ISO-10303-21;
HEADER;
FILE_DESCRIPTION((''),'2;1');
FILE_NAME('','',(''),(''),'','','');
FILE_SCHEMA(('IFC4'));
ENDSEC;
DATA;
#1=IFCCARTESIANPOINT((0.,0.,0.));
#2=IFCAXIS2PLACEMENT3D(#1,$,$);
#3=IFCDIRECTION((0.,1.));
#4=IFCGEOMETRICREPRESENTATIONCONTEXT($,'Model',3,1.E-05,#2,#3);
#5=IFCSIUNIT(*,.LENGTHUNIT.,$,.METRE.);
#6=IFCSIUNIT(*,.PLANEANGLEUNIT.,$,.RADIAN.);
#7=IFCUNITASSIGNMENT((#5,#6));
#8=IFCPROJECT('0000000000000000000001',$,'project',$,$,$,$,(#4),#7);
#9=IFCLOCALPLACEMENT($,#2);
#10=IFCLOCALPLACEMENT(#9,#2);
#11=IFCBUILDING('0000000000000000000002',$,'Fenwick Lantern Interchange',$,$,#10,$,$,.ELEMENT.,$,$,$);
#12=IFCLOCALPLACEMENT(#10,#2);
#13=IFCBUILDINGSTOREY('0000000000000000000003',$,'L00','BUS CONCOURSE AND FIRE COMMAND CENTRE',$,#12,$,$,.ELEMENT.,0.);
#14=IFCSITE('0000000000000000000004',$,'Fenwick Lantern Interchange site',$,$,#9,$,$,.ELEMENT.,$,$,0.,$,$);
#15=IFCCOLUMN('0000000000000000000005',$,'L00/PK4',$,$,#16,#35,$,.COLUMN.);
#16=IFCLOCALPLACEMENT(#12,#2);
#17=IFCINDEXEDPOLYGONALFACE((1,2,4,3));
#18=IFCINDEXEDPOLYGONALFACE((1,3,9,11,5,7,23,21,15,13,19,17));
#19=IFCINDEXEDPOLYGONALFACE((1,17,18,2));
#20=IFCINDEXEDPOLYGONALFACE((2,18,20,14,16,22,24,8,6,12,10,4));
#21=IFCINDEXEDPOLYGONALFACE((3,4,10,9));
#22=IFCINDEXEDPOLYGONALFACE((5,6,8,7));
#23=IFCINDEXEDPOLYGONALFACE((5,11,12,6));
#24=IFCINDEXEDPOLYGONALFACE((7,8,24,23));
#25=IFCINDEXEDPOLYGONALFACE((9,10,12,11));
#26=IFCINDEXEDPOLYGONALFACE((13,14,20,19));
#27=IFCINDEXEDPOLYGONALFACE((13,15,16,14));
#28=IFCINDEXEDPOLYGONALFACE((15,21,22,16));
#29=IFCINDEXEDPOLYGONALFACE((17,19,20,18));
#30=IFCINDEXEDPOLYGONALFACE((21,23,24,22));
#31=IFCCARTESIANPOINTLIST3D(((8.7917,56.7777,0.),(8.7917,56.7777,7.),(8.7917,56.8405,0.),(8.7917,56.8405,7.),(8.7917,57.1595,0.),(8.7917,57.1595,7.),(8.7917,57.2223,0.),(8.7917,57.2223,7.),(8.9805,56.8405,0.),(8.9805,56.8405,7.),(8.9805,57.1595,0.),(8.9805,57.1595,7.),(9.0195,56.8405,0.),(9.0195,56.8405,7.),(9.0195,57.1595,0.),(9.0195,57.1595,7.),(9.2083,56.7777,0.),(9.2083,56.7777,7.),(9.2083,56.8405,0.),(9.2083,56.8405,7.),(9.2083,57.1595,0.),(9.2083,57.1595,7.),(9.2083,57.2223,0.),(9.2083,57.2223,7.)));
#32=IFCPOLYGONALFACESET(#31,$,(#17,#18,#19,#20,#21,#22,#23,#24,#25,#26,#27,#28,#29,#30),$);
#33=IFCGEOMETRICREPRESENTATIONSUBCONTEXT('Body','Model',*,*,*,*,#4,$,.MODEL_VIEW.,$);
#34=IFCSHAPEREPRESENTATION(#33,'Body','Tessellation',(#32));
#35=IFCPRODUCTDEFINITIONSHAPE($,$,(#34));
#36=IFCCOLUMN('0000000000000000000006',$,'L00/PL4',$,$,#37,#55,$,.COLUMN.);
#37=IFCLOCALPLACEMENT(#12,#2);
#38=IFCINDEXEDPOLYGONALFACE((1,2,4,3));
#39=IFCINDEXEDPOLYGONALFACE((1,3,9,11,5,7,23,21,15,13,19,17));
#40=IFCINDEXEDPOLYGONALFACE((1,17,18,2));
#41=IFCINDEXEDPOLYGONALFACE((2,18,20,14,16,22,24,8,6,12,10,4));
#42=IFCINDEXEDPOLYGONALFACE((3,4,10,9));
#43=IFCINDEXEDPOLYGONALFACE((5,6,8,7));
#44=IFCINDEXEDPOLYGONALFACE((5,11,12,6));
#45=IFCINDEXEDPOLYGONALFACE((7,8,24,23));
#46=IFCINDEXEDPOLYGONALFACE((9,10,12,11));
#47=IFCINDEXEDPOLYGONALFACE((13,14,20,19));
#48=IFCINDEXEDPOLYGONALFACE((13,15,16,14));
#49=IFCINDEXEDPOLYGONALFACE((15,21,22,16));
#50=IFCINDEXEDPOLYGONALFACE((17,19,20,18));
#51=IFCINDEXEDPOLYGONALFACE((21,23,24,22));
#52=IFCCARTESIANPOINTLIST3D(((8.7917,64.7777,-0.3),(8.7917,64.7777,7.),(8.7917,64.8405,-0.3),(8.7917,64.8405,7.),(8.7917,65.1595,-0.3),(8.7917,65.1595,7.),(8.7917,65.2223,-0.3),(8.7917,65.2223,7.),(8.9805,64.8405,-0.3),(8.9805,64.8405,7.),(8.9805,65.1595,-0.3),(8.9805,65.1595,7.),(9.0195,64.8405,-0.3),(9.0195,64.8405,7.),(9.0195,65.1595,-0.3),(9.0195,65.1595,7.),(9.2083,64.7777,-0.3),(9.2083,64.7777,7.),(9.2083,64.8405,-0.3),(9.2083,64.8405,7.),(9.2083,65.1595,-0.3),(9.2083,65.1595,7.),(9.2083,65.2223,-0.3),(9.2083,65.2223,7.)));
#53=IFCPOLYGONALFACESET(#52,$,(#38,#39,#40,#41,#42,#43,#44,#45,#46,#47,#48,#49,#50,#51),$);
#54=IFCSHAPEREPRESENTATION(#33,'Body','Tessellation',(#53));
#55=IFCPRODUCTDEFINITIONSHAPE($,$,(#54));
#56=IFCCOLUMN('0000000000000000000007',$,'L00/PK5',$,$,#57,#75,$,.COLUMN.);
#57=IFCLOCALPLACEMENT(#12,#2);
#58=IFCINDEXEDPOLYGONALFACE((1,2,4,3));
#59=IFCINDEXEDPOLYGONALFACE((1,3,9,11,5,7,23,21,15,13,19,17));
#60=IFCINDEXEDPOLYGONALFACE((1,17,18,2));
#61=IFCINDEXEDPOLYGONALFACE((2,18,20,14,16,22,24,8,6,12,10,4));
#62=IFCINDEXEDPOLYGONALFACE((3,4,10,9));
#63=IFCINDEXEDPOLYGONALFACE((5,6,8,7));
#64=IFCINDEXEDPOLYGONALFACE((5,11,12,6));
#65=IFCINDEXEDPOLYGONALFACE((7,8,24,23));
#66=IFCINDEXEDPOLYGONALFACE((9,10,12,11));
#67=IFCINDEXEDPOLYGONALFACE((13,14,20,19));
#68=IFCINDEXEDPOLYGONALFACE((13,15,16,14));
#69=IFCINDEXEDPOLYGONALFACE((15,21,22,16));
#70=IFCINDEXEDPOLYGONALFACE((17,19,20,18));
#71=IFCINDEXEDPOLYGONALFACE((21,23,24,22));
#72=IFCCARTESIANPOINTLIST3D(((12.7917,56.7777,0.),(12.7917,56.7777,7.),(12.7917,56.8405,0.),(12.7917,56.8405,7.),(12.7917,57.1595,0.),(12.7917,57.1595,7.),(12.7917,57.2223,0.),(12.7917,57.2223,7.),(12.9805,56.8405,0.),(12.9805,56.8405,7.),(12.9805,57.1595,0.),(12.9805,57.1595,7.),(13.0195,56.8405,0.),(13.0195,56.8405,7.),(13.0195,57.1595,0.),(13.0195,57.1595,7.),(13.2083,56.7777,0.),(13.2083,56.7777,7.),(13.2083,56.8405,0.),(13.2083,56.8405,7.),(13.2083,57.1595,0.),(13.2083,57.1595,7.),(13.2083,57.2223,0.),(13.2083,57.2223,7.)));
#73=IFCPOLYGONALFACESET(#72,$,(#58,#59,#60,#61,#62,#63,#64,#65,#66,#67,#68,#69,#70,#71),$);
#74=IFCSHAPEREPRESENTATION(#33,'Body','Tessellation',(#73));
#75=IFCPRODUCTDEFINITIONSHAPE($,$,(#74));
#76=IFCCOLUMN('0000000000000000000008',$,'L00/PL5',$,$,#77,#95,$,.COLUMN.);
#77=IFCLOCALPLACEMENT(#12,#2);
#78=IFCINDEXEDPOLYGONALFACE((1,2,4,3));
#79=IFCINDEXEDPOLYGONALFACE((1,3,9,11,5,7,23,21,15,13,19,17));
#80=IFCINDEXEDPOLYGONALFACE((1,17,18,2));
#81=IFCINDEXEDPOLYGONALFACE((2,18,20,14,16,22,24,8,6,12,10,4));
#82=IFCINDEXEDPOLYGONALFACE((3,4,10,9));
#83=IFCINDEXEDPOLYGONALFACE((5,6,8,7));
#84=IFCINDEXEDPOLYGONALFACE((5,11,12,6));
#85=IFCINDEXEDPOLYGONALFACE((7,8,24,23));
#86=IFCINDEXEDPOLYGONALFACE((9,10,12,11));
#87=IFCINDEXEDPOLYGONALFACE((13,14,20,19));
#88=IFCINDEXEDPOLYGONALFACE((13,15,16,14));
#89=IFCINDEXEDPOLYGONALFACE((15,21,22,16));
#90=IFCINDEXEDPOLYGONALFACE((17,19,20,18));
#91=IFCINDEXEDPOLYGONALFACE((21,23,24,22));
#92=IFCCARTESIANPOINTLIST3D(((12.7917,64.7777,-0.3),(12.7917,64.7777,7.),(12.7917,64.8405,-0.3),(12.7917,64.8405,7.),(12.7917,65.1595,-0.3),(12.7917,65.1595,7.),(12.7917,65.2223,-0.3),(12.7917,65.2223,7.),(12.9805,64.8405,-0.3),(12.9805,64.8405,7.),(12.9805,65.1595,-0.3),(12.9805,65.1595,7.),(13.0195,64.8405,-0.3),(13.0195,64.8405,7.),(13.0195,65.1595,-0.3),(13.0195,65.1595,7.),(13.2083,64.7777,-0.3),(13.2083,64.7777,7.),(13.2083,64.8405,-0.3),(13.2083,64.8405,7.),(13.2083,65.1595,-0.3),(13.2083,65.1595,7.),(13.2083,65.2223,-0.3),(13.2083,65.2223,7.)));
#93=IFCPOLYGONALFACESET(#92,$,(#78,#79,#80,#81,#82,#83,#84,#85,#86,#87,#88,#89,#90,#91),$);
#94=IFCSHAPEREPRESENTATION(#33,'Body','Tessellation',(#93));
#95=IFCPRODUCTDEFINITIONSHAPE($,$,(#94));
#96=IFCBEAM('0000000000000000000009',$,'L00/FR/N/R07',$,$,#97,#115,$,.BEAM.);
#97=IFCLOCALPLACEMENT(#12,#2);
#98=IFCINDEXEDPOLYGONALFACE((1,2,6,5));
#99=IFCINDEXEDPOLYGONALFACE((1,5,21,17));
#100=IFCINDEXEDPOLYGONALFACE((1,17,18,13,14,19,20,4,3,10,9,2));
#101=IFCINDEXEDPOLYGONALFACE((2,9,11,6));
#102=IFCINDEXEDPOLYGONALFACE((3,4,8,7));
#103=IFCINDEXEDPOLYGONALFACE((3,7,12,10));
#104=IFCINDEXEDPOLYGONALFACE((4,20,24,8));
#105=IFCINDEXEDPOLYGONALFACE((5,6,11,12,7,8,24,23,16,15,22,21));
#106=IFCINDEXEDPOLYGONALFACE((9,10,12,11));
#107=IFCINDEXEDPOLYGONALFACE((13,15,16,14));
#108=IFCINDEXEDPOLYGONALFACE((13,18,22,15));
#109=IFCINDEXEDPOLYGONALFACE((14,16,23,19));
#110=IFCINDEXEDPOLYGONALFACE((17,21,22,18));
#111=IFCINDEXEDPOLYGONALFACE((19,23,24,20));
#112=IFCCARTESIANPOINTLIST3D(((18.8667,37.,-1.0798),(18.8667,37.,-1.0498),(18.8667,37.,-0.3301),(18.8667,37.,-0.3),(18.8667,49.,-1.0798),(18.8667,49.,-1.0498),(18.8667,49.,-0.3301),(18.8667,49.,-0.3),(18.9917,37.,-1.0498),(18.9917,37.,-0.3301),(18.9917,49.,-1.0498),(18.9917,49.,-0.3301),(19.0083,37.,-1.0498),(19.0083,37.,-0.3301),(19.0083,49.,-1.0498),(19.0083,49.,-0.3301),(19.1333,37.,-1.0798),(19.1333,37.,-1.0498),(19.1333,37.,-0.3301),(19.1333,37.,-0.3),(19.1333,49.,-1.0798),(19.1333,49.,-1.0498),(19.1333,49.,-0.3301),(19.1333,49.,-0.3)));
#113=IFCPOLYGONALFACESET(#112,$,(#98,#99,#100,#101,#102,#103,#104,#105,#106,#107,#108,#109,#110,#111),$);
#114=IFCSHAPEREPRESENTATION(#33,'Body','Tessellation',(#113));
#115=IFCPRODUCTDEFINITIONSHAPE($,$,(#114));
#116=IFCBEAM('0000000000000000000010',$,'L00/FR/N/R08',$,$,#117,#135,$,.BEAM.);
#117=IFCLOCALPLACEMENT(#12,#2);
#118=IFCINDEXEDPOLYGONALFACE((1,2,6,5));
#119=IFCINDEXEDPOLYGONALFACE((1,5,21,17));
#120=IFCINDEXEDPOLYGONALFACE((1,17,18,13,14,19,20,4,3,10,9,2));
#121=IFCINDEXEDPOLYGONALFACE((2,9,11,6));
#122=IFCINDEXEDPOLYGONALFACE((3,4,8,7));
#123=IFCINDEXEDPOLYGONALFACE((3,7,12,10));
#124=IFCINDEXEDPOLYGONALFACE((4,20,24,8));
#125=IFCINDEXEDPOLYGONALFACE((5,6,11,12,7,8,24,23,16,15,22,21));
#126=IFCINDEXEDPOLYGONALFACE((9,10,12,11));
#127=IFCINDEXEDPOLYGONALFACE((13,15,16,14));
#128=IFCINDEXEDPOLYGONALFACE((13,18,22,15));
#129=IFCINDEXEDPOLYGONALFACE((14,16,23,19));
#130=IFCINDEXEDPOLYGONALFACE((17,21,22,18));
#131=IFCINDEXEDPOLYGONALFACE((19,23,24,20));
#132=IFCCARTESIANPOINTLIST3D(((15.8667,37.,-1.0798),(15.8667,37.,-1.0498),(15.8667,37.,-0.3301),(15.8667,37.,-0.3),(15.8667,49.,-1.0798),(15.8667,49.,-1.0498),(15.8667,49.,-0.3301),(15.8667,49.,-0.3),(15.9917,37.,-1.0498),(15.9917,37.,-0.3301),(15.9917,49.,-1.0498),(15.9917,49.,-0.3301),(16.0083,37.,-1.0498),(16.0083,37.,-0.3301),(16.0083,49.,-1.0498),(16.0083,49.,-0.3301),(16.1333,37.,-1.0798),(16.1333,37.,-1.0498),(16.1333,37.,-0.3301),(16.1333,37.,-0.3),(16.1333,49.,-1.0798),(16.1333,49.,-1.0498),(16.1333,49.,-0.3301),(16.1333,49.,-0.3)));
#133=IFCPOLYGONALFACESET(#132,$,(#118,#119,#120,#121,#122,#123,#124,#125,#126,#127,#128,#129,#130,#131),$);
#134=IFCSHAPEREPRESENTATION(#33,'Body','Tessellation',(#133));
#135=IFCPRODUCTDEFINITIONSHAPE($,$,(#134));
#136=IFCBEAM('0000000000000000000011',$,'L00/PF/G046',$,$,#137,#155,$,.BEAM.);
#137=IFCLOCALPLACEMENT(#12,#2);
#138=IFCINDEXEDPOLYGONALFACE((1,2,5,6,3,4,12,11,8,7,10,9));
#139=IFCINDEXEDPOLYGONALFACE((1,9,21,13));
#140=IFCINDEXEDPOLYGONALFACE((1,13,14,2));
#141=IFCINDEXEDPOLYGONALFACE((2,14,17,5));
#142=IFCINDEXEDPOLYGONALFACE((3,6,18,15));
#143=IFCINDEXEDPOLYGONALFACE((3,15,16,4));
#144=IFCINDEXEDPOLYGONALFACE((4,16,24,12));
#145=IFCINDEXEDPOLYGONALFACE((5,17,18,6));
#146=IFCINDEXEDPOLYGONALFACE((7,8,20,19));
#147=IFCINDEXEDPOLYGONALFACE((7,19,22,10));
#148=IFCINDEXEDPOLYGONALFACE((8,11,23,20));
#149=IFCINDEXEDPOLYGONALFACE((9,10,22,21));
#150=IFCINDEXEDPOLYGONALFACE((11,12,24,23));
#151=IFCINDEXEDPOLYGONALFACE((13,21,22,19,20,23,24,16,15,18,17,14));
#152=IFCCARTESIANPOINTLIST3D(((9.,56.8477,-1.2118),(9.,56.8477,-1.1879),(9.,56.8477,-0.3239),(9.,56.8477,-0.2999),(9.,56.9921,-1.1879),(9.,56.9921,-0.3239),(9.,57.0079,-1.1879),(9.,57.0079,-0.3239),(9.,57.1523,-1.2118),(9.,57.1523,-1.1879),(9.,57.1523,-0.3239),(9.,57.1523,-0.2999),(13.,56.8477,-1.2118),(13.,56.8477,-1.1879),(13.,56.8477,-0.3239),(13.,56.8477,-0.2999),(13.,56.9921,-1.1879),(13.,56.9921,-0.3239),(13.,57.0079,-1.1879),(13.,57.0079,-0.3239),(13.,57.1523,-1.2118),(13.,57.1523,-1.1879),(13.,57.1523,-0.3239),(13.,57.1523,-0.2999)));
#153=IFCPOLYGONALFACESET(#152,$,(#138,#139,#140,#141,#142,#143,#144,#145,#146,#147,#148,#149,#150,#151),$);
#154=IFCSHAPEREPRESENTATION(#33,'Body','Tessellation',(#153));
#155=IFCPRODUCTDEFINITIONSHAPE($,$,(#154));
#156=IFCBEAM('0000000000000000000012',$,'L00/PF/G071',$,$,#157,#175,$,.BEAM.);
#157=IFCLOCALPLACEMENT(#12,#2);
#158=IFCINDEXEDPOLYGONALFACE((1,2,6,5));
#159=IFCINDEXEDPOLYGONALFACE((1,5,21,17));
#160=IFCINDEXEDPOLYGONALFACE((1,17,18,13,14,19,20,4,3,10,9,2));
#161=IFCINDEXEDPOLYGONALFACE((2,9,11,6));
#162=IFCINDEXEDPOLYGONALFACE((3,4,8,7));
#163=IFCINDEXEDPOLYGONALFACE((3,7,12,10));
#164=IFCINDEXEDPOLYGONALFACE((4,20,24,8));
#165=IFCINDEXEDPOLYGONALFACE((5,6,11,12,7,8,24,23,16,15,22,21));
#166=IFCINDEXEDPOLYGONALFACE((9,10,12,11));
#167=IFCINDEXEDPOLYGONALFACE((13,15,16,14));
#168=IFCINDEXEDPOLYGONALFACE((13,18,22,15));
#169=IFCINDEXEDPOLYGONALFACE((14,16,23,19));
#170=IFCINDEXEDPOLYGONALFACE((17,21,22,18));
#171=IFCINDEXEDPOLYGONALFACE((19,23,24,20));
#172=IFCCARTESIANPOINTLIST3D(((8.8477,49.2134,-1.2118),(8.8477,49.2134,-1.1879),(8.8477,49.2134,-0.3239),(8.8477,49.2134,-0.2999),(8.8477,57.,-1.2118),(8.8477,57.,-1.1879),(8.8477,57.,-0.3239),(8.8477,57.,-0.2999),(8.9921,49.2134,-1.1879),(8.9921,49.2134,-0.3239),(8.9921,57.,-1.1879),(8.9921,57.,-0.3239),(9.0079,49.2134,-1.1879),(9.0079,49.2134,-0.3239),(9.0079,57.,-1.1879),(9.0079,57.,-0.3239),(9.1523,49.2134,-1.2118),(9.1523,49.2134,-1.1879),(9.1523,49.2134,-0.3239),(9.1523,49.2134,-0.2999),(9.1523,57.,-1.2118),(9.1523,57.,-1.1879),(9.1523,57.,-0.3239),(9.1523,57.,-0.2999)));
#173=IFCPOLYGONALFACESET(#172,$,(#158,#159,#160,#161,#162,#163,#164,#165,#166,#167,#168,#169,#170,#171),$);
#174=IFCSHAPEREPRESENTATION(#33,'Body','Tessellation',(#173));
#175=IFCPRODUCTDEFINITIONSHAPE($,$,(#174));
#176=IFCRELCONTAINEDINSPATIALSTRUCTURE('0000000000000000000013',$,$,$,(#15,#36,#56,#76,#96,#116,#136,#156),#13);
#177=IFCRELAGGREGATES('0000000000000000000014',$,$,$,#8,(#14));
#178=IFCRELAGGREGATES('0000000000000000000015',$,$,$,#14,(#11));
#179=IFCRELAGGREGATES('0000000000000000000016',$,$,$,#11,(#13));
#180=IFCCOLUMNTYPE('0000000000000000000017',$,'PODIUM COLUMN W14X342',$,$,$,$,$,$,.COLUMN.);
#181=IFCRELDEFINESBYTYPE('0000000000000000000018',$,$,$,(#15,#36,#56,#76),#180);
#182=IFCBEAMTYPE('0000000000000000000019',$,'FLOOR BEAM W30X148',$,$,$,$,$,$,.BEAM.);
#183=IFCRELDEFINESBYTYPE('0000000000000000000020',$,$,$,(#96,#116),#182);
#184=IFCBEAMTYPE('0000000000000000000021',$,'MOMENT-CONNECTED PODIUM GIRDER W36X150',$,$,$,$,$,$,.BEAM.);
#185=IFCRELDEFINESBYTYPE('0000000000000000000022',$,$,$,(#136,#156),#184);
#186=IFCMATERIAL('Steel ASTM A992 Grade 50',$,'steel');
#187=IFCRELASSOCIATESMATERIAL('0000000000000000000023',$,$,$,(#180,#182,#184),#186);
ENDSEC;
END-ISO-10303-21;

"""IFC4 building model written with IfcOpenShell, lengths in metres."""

from ifc_helpers import new_model, si_unit, direction, frame, origin, origin_2d, place, context, subcontext, project, spatial, i_section, extrude, material, material_profile, profile_set, type_object, element, save


model = new_model("IFC4")

# Units and contexts
model_context = context("Model", 3, precision=1e-05, world=origin(), true_north=direction((0.0, 1.0)))
body_context = subcontext(model_context, "Body", "Model", "MODEL_VIEW")
ifc_project = project(units=[si_unit("LENGTHUNIT", "METRE"), si_unit("PLANEANGLEUNIT", "RADIAN")], contexts=[model_context])

# Site, building, storey
site_placement = place(None, origin())
site = spatial("IfcSite", under=ifc_project, at=site_placement, Name="Fenwick Lantern Interchange site", CompositionType="ELEMENT", RefElevation=0.0)
building_placement = place(site_placement, origin())
building = spatial("IfcBuilding", under=site, at=building_placement, Name="Fenwick Lantern Interchange", CompositionType="ELEMENT")
storey_placement = place(building_placement, origin())
storey = spatial("IfcBuildingStorey", under=building, at=storey_placement, Name="L00", Description="BUS CONCOURSE AND FIRE COMMAND CENTRE", CompositionType="ELEMENT", Elevation=0.0)

# Columns
ifc_material_1 = material(Name="Steel ASTM A992 Grade 50", Category="steel")
ifc_material_profile_1 = material_profile(ifc_material_1, i_section(OverallWidth=0.4165, OverallDepth=0.4446, WebThickness=0.0391, FlangeThickness=0.0627, at=origin_2d()), Name="W14X342")
ifc_profile_set_1 = profile_set([ifc_material_profile_1], Name="Steel ASTM A992 Grade 50")
column_type = type_object("IfcColumnType", Name="PODIUM COLUMN W14X342", PredefinedType="COLUMN", material=ifc_profile_set_1)
column_1_placement = place(storey_placement, frame((9.0, 57.0, 0.0), z_axis=(0.0, 0.0, 1.0), x_axis=(1.0, 0.0, 0.0)))
element("IfcColumn", 1, at=column_1_placement, inside=storey, type_object=column_type, Name="L00/PK4", PredefinedType="COLUMN", context=body_context, shape_type="SweptSolid", body=[
    extrude(i_section(OverallWidth=0.4165, OverallDepth=0.4446, WebThickness=0.0391, FlangeThickness=0.0627, at=origin_2d()), origin(), (0.0, 0.0, 1.0), 7.0),
])
column_2_placement = place(storey_placement, frame((9.0, 65.0, -0.3), z_axis=(0.0, 0.0, 1.0), x_axis=(1.0, 0.0, 0.0)))
element("IfcColumn", 2, at=column_2_placement, inside=storey, type_object=column_type, Name="L00/PL4", PredefinedType="COLUMN", context=body_context, shape_type="SweptSolid", body=[
    extrude(i_section(OverallWidth=0.4165, OverallDepth=0.4446, WebThickness=0.0391, FlangeThickness=0.0627, at=origin_2d()), origin(), (0.0, 0.0, 1.0), 7.3),
])
column_3_placement = place(storey_placement, frame((13.0, 57.0, 0.0), z_axis=(0.0, 0.0, 1.0), x_axis=(1.0, 0.0, 0.0)))
element("IfcColumn", 3, at=column_3_placement, inside=storey, type_object=column_type, Name="L00/PK5", PredefinedType="COLUMN", context=body_context, shape_type="SweptSolid", body=[
    extrude(i_section(OverallWidth=0.4165, OverallDepth=0.4446, WebThickness=0.0391, FlangeThickness=0.0627, at=origin_2d()), origin(), (0.0, 0.0, 1.0), 7.0),
])
column_4_placement = place(storey_placement, frame((13.0, 65.0, -0.3), z_axis=(0.0, 0.0, 1.0), x_axis=(1.0, 0.0, 0.0)))
element("IfcColumn", 4, at=column_4_placement, inside=storey, type_object=column_type, Name="L00/PL5", PredefinedType="COLUMN", context=body_context, shape_type="SweptSolid", body=[
    extrude(i_section(OverallWidth=0.4165, OverallDepth=0.4446, WebThickness=0.0391, FlangeThickness=0.0627, at=origin_2d()), origin(), (0.0, 0.0, 1.0), 7.3),
])

# Beams
ifc_material_profile_2 = material_profile(ifc_material_1, i_section(OverallWidth=0.2666, OverallDepth=0.7798, WebThickness=0.0166, FlangeThickness=0.03, at=origin_2d()), Name="W30X148")
ifc_profile_set_2 = profile_set([ifc_material_profile_2], Name="Steel ASTM A992 Grade 50")
beam_type_1 = type_object("IfcBeamType", Name="FLOOR BEAM W30X148", PredefinedType="BEAM", material=ifc_profile_set_2)
for number, where, z_axis, x_axis, name in (
    (5, (19.0, 49.0, -0.6899), (0.0, -1.0, 0.0), (1.0, 0.0, 0.0), "L00/FR/N/R07"),
    (6, (16.0, 49.0, -0.6899), (0.0, -1.0, 0.0), (1.0, 0.0, 0.0), "L00/FR/N/R08"),
):
    element("IfcBeam", number, at=place(storey_placement, frame(where, z_axis=z_axis, x_axis=x_axis)), inside=storey, type_object=beam_type_1, Name=name, PredefinedType="BEAM", context=body_context, shape_type="SweptSolid", body=[
        extrude(i_section(OverallWidth=0.2666, OverallDepth=0.7798, WebThickness=0.0166, FlangeThickness=0.03, at=origin_2d()), origin(), (0.0, 0.0, 1.0), 12.0),
    ])
ifc_material_profile_3 = material_profile(ifc_material_1, i_section(OverallWidth=0.3047, OverallDepth=0.9119, WebThickness=0.0159, FlangeThickness=0.0239, at=origin_2d()), Name="W36X150")
ifc_profile_set_3 = profile_set([ifc_material_profile_3], Name="Steel ASTM A992 Grade 50")
beam_type_2 = type_object("IfcBeamType", Name="MOMENT-CONNECTED PODIUM GIRDER W36X150", PredefinedType="BEAM", material=ifc_profile_set_3)
beam_1_placement = place(storey_placement, frame((9.0, 57.0, -0.7559), z_axis=(1.0, 0.0, 0.0), x_axis=(0.0, 1.0, 0.0)))
element("IfcBeam", 7, at=beam_1_placement, inside=storey, type_object=beam_type_2, Name="L00/PF/G046", PredefinedType="BEAM", context=body_context, shape_type="SweptSolid", body=[
    extrude(i_section(OverallWidth=0.3047, OverallDepth=0.9119, WebThickness=0.0159, FlangeThickness=0.0239, at=origin_2d()), origin(), (0.0, 0.0, 1.0), 4.0),
])
beam_2_placement = place(storey_placement, frame((9.0, 49.2134, -0.7559), z_axis=(0.0, 1.0, 0.0), x_axis=(-1.0, 0.0, 0.0)))
element("IfcBeam", 8, at=beam_2_placement, inside=storey, type_object=beam_type_2, Name="L00/PF/G071", PredefinedType="BEAM", context=body_context, shape_type="SweptSolid", body=[
    extrude(i_section(OverallWidth=0.3047, OverallDepth=0.9119, WebThickness=0.0159, FlangeThickness=0.0239, at=origin_2d()), origin(), (0.0, 0.0, 1.0), 7.7866),
])

save(model, "model.ifc")
